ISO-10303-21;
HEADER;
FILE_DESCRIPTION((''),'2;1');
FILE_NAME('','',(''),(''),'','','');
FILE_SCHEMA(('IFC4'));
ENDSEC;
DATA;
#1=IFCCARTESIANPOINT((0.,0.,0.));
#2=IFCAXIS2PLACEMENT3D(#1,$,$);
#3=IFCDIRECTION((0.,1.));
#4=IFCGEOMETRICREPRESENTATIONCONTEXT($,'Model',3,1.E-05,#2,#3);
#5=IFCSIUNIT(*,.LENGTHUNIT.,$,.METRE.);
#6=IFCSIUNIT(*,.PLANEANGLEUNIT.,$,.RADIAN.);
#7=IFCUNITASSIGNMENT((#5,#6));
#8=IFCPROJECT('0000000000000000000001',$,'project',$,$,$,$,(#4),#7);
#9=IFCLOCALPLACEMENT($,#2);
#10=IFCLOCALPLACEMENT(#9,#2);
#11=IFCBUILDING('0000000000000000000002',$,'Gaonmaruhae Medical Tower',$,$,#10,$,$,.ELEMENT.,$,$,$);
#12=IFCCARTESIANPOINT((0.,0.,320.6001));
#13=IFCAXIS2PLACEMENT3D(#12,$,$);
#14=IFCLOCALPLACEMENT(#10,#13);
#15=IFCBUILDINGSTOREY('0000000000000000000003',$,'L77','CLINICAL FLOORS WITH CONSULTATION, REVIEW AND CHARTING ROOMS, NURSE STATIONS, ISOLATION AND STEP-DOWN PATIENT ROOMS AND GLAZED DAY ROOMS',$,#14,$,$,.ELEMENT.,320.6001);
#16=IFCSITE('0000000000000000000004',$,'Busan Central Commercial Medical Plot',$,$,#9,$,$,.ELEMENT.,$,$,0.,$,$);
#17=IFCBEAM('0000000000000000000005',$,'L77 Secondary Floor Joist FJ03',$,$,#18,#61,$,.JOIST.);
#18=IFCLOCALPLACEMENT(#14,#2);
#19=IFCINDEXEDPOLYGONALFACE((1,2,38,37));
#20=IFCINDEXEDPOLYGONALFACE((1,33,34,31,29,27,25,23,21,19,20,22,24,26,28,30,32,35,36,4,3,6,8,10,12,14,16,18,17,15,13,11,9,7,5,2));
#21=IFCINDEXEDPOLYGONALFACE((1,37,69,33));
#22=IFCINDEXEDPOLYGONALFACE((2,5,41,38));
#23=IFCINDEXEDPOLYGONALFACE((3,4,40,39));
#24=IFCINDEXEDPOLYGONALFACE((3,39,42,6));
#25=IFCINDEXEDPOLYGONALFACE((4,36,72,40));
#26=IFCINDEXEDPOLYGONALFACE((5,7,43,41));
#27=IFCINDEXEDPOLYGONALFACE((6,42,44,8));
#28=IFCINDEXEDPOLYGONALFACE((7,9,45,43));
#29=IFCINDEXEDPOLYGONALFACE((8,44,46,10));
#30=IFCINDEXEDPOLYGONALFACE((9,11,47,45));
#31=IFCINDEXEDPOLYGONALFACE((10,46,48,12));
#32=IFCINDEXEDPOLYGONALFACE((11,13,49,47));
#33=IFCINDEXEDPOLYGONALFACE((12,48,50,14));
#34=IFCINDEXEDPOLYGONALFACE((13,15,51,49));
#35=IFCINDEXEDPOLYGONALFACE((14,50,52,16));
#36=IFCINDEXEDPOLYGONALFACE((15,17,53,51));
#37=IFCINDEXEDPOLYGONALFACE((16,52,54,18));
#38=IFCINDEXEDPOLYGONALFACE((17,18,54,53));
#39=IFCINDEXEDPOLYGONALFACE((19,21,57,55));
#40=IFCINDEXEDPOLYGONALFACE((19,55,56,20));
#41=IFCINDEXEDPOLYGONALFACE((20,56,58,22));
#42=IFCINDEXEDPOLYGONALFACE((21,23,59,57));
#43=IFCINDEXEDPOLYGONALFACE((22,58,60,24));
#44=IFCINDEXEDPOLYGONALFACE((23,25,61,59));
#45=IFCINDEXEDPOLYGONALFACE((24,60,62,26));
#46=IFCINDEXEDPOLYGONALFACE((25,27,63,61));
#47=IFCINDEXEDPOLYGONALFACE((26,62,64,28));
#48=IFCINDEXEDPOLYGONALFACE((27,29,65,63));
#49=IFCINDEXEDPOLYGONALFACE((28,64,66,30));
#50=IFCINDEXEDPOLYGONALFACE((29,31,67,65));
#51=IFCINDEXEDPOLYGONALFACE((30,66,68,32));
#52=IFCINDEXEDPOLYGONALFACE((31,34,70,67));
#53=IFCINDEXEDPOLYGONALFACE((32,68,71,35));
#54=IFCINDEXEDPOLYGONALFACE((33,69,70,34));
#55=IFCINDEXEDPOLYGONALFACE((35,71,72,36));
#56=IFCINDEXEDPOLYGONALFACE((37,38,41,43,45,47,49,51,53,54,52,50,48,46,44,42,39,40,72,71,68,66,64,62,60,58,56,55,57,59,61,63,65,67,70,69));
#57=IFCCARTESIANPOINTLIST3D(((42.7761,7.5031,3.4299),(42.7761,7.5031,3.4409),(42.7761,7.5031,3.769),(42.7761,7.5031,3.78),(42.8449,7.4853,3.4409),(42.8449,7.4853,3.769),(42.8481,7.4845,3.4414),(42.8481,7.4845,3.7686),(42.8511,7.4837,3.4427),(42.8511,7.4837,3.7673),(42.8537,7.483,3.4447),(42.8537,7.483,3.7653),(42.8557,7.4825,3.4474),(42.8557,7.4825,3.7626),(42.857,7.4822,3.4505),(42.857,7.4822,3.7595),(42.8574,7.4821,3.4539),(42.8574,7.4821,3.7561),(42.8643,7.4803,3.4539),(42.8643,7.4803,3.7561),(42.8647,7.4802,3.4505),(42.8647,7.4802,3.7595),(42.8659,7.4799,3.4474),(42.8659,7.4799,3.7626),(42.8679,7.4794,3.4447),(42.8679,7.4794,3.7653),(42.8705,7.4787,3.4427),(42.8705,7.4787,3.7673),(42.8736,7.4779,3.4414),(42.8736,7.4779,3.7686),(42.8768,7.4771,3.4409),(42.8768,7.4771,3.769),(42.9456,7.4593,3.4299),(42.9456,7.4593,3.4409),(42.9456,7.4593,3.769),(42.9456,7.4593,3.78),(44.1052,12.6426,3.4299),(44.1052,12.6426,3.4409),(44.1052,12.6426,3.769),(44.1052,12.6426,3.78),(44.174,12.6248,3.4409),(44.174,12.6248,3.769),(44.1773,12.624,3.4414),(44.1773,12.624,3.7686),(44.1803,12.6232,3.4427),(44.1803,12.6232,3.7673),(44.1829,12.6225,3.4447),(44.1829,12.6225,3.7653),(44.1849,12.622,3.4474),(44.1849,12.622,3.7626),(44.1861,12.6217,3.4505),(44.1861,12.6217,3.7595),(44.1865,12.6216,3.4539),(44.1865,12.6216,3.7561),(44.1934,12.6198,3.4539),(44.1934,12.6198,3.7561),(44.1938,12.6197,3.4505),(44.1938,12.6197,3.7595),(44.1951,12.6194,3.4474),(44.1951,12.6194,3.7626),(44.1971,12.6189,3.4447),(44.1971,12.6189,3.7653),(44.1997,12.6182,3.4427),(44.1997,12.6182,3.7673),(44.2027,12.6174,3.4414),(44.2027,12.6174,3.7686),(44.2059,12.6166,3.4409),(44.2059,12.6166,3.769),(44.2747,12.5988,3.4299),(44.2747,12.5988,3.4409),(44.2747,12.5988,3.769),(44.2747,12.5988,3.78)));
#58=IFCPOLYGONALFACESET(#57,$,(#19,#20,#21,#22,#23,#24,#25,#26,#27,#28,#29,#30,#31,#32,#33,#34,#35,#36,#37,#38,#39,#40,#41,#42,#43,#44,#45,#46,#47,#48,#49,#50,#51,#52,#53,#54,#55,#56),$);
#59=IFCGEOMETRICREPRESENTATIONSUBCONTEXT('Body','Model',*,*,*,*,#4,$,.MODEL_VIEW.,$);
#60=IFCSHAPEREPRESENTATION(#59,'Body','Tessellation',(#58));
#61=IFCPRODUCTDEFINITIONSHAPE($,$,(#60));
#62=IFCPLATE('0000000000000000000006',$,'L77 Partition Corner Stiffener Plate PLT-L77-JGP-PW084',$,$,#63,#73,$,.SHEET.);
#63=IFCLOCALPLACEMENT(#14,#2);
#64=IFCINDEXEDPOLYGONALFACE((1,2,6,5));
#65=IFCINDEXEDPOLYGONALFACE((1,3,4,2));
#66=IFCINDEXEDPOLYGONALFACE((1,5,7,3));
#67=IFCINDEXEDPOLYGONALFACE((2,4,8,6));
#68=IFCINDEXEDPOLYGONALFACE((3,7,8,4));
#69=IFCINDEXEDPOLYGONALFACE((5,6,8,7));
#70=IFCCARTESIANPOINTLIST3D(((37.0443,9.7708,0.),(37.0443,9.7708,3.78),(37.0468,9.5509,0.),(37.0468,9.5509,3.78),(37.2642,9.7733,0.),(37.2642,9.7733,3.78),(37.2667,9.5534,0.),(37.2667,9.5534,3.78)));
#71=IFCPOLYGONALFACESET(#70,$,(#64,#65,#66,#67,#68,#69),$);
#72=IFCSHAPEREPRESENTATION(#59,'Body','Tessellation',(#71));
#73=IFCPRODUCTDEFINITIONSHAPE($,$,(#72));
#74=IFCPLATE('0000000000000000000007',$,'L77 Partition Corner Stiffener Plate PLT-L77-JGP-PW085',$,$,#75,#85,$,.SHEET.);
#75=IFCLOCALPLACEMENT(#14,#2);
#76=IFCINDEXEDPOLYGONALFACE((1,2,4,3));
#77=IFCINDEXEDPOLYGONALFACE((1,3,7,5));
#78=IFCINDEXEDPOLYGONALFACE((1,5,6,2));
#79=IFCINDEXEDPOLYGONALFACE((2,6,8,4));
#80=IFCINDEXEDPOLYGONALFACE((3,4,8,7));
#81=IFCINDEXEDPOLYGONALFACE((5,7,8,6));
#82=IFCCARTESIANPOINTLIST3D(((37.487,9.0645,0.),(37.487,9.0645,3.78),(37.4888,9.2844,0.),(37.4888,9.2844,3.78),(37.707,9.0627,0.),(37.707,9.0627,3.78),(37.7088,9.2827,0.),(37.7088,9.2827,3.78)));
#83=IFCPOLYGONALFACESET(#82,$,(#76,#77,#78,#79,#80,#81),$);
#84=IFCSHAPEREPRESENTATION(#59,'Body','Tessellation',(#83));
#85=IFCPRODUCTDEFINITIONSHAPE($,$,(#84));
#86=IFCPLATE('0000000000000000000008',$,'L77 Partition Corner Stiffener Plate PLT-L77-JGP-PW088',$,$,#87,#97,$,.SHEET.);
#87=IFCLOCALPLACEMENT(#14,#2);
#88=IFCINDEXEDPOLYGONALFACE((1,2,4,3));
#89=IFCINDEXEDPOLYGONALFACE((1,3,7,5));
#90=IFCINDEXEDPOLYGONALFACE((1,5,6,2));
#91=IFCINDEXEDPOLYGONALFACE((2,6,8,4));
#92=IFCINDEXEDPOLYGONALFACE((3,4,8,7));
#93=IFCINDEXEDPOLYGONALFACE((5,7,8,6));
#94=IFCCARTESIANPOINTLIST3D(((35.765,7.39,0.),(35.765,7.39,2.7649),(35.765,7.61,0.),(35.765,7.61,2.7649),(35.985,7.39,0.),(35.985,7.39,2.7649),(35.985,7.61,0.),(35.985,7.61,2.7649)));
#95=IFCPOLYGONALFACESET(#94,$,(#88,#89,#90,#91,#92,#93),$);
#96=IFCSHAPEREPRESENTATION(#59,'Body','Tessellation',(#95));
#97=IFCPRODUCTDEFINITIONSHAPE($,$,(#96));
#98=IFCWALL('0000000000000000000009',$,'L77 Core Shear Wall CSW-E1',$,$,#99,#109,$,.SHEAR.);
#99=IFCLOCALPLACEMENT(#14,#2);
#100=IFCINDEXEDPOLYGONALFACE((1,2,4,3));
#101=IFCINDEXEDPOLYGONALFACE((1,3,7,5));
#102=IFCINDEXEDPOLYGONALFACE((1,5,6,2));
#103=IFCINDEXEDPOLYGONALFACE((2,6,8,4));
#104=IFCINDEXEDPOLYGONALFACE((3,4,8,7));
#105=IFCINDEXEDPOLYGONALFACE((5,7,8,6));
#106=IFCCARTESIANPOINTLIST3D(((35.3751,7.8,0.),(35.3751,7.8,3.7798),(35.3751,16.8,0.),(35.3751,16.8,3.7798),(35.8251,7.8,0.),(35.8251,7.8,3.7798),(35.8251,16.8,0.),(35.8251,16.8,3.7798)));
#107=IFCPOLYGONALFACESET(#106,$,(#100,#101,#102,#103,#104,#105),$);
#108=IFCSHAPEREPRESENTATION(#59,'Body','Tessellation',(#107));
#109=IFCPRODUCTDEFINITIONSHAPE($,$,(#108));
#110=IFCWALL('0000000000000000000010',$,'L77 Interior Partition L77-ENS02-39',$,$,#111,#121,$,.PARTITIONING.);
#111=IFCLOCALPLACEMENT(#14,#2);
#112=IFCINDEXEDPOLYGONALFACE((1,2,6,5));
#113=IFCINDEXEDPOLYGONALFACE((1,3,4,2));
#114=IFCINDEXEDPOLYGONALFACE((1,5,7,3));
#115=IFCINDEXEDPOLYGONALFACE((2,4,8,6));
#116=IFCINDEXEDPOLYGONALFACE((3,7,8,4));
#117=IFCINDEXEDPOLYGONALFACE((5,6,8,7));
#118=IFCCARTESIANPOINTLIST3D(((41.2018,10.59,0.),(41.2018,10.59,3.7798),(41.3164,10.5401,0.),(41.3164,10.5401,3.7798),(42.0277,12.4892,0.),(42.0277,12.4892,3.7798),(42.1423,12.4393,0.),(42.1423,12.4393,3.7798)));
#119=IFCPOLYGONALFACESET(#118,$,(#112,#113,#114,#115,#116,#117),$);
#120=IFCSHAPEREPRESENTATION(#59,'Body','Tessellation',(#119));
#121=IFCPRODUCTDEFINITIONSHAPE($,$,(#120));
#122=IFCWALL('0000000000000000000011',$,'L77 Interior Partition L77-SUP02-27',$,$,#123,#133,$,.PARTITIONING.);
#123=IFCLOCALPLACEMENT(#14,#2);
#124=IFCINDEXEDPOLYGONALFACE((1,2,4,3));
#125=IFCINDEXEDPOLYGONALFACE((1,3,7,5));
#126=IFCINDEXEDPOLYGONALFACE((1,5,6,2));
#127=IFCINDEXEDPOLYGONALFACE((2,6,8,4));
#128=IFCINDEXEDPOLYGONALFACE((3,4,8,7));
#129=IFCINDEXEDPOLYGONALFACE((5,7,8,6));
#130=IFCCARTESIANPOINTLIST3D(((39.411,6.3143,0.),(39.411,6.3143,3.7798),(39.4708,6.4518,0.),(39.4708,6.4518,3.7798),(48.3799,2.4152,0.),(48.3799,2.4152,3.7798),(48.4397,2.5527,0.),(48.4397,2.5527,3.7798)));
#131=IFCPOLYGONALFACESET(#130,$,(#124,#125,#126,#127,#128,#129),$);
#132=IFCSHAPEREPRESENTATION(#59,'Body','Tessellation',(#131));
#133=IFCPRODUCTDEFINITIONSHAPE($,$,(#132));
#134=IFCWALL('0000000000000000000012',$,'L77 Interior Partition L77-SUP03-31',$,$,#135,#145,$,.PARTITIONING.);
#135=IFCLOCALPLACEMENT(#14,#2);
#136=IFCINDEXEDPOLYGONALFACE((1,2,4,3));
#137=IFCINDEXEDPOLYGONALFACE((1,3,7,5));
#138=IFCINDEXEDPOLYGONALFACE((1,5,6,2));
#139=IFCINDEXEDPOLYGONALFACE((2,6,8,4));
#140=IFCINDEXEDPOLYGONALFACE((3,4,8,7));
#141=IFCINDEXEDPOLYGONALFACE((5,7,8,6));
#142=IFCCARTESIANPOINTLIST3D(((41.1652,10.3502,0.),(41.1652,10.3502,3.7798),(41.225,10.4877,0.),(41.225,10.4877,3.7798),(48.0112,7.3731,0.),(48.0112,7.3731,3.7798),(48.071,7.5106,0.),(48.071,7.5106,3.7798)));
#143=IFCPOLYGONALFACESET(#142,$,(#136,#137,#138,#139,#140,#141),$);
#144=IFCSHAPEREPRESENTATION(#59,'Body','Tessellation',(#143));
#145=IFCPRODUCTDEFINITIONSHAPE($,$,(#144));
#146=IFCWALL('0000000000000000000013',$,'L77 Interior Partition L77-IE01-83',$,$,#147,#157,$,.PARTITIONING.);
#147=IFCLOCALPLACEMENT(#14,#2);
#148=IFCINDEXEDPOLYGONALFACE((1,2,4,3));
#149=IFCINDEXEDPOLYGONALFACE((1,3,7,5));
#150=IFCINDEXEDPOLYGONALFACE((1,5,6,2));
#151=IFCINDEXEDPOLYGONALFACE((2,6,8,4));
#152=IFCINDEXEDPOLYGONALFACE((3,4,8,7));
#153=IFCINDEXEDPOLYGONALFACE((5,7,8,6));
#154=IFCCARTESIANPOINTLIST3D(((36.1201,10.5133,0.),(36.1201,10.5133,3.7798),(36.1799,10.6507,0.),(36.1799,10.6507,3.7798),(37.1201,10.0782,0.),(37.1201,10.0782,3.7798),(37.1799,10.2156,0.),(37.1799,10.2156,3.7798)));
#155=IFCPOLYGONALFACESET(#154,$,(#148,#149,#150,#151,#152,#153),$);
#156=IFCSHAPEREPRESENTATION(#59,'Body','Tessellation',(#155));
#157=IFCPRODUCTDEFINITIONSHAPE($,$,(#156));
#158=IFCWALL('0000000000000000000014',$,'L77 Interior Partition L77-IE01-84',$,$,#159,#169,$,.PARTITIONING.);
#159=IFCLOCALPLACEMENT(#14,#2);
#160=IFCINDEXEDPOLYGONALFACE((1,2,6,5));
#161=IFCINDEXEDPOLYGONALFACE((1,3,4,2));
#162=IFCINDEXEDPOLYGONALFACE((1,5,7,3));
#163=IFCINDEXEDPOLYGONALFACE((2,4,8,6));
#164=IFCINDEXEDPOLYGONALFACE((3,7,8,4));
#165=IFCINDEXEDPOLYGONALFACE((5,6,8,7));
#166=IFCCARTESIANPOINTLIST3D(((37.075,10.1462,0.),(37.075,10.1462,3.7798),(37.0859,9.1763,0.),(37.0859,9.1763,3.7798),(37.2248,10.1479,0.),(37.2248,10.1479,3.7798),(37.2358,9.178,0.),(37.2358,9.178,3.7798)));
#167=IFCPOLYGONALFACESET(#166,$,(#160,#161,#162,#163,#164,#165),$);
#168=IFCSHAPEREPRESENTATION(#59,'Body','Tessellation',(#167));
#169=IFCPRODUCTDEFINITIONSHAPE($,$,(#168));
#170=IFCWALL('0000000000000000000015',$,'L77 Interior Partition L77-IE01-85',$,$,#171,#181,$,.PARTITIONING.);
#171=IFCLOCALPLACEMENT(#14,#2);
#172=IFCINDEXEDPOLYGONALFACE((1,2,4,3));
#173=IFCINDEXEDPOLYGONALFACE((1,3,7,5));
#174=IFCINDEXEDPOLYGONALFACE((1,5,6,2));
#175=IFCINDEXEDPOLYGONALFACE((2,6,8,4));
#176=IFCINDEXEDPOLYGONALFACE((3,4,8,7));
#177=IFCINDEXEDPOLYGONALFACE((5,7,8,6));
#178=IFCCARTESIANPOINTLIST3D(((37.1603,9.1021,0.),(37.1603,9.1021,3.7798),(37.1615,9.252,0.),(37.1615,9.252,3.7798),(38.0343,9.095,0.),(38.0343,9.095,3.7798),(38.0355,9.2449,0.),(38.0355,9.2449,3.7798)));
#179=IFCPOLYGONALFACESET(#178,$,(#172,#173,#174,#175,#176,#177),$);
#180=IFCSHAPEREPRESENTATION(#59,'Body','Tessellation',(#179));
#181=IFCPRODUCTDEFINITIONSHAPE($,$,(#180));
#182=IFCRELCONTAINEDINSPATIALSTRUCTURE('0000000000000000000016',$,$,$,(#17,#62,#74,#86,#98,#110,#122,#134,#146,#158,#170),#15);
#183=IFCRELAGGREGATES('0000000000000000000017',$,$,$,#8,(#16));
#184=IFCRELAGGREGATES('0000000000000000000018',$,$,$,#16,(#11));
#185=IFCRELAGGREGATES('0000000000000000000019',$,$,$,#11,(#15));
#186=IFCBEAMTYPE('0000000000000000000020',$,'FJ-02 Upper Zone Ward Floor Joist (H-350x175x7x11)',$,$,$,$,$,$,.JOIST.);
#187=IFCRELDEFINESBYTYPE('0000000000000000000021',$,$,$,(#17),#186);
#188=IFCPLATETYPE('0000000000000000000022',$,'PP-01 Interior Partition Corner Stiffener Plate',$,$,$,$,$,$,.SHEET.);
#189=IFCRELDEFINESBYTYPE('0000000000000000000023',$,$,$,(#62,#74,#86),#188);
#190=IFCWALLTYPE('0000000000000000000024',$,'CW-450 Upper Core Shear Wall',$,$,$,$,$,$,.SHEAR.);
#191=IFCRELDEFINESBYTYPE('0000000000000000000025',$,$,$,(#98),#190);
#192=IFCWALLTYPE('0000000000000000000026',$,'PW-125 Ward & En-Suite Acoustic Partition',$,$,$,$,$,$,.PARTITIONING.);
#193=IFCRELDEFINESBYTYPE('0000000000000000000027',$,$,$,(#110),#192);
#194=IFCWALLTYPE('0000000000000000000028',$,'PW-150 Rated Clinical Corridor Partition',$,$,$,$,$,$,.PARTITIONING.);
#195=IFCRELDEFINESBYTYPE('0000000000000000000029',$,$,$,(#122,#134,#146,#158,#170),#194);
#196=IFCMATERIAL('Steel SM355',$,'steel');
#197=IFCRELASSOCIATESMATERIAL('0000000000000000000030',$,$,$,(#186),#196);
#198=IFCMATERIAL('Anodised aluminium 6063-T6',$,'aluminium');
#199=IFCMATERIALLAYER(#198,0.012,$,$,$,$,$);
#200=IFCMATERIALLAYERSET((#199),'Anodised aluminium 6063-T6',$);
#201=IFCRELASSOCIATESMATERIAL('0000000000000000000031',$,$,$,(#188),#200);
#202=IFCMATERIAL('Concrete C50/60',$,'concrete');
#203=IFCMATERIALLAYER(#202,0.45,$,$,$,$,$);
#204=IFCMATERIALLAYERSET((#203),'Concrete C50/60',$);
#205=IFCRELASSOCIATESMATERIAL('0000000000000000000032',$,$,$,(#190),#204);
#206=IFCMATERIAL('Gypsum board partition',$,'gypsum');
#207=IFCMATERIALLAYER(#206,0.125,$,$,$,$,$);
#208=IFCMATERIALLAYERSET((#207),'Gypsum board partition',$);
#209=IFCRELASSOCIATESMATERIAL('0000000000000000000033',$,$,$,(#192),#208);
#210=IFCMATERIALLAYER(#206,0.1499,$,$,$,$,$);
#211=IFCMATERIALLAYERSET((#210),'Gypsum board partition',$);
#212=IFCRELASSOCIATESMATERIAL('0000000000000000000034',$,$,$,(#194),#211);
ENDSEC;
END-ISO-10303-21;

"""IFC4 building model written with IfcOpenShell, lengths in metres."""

from ifc_helpers import new_model, si_unit, direction, frame, frame_2d, origin, origin_2d, place, context, subcontext, project, spatial, rectangle, i_section, extrude, material, layer, layer_set, material_profile, profile_set, type_object, element, save


model = new_model("IFC4")

# Units and contexts
model_context = context("Model", 3, precision=1e-05, world=origin(), true_north=direction((0.0, 1.0)))
body_context = subcontext(model_context, "Body", "Model", "MODEL_VIEW")
ifc_project = project(units=[si_unit("LENGTHUNIT", "METRE"), si_unit("PLANEANGLEUNIT", "RADIAN")], contexts=[model_context])

# Site, building, storey
site_placement = place(None, origin())
site = spatial("IfcSite", under=ifc_project, at=site_placement, Name="Busan Central Commercial Medical Plot", CompositionType="ELEMENT", RefElevation=0.0)
building_placement = place(site_placement, origin())
building = spatial("IfcBuilding", under=site, at=building_placement, Name="Gaonmaruhae Medical Tower", CompositionType="ELEMENT")
storey_placement = place(building_placement, frame((0.0, 0.0, 320.6001)))
storey = spatial("IfcBuildingStorey", under=building, at=storey_placement, Name="L77", Description="CLINICAL FLOORS WITH CONSULTATION, REVIEW AND CHARTING ROOMS, NURSE STATIONS, ISOLATION AND STEP-DOWN PATIENT ROOMS AND GLAZED DAY ROOMS", CompositionType="ELEMENT", Elevation=320.6001)

# Shared definitions
ifc_material_1 = material(Name="Concrete C50/60", Category="concrete")

# Beam
ifc_material_2 = material(Name="Steel SM355", Category="steel")
ifc_material_profile_1 = material_profile(ifc_material_2, i_section(OverallWidth=0.175, OverallDepth=0.3501, WebThickness=0.0071, FlangeThickness=0.011, FilletRadius=0.0129, at=origin_2d()), Name="H-350x175x7x11")
ifc_profile_set_1 = profile_set([ifc_material_profile_1], Name="Steel SM355")
beam_type_1 = type_object("IfcBeamType", Name="FJ-02 Upper Zone Ward Floor Joist (H-350x175x7x11)", PredefinedType="JOIST", material=ifc_profile_set_1)
beam_1_placement = place(storey_placement, frame((42.8608, 7.4812, 3.605), z_axis=(0.250373, 0.968149, 0.0), x_axis=(-0.968149, 0.250373, 0.0)))
element("IfcBeam", 1, at=beam_1_placement, inside=storey, type_object=beam_type_1, Name="L77 Secondary Floor Joist FJ03", PredefinedType="JOIST", context=body_context, shape_type="SweptSolid", body=[
    extrude(i_section(OverallWidth=0.175, OverallDepth=0.3501, WebThickness=0.0071, FlangeThickness=0.011, FilletRadius=0.0129, at=origin_2d()), origin(), (0.0, 0.0, 1.0), 5.3086),
])

# Plates
ifc_material_3 = material(Name="Anodised aluminium 6063-T6", Category="aluminium")
ifc_layer_1 = layer(ifc_material_3, 0.012)
ifc_layer_set_1 = layer_set([ifc_layer_1], Name="Anodised aluminium 6063-T6")
plate_type = type_object("IfcPlateType", Name="PP-01 Interior Partition Corner Stiffener Plate", PredefinedType="SHEET", material=ifc_layer_set_1)
for number, where, z_axis, x_axis, name in (
    (2, (37.1555, 9.6621, 0.0), (0.0, 0.0, 1.0), (0.011344, -0.999936, 0.0), "L77 Partition Corner Stiffener Plate PLT-L77-JGP-PW084"),
    (3, (37.5979, 9.1736, 0.0), (0.0, 0.0, 1.0), (0.999968, -0.008011, 0.0), "L77 Partition Corner Stiffener Plate PLT-L77-JGP-PW085"),
):
    element("IfcPlate", number, at=place(storey_placement, frame(where, z_axis=z_axis, x_axis=x_axis)), inside=storey, type_object=plate_type, Name=name, PredefinedType="SHEET", context=body_context, shape_type="SweptSolid", body=[
        extrude(rectangle(XDim=0.22, YDim=0.22, at=origin_2d()), origin(), (0.0, 0.0, 1.0), 3.78),
    ])
plate_placement = place(storey_placement, frame((35.875, 7.5, 0.0), z_axis=(0.0, 0.0, 1.0), x_axis=(1.0, 0.0, 0.0)))
element("IfcPlate", 4, at=plate_placement, inside=storey, type_object=plate_type, Name="L77 Partition Corner Stiffener Plate PLT-L77-JGP-PW088", PredefinedType="SHEET", context=body_context, shape_type="SweptSolid", body=[
    extrude(rectangle(XDim=0.22, YDim=0.22, at=origin_2d()), origin(), (0.0, 0.0, 1.0), 2.7649),
])

# Walls
ifc_layer_2 = layer(ifc_material_1, 0.45)
ifc_layer_set_2 = layer_set([ifc_layer_2], Name="Concrete C50/60")
wall_type_1 = type_object("IfcWallType", Name="CW-450 Upper Core Shear Wall", PredefinedType="SHEAR", material=ifc_layer_set_2)
wall_1_placement = place(storey_placement, frame((35.6001, 7.8, 0.0), z_axis=(0.0, 0.0, 1.0), x_axis=(0.0, 1.0, 0.0)))
element("IfcWall", 5, at=wall_1_placement, inside=storey, type_object=wall_type_1, Name="L77 Core Shear Wall CSW-E1", PredefinedType="SHEAR", context=body_context, shape_type="SweptSolid", body=[
    extrude(rectangle(XDim=9.0, YDim=0.45, at=frame_2d((4.5, 0.0))), origin(), (0.0, 0.0, 1.0), 3.7798),
])
ifc_material_4 = material(Name="Gypsum board partition", Category="gypsum")
ifc_layer_3 = layer(ifc_material_4, 0.125)
ifc_layer_set_3 = layer_set([ifc_layer_3], Name="Gypsum board partition")
wall_type_2 = type_object("IfcWallType", Name="PW-125 Ward & En-Suite Acoustic Partition", PredefinedType="PARTITIONING", material=ifc_layer_set_3)
wall_2_placement = place(storey_placement, frame((41.259, 10.5649, 0.0), z_axis=(0.0, 0.0, 1.0), x_axis=(0.398808, 0.917034, 0.0)))
element("IfcWall", 6, at=wall_2_placement, inside=storey, type_object=wall_type_2, Name="L77 Interior Partition L77-ENS02-39", PredefinedType="PARTITIONING", context=body_context, shape_type="SweptSolid", body=[
    extrude(rectangle(XDim=2.071, YDim=0.125, at=frame_2d((1.0356, 0.0))), origin(), (0.0, 0.0, 1.0), 3.7798),
])
ifc_layer_4 = layer(ifc_material_4, 0.1499)
ifc_layer_set_4 = layer_set([ifc_layer_4], Name="Gypsum board partition")
wall_type_3 = type_object("IfcWallType", Name="PW-150 Rated Clinical Corridor Partition", PredefinedType="PARTITIONING", material=ifc_layer_set_4)
wall_3_placement = place(storey_placement, frame((39.4409, 6.3831, 0.0), z_axis=(0.0, 0.0, 1.0), x_axis=(0.917085, -0.398692, 0.0)))
element("IfcWall", 7, at=wall_3_placement, inside=storey, type_object=wall_type_3, Name="L77 Interior Partition L77-SUP02-27", PredefinedType="PARTITIONING", context=body_context, shape_type="SweptSolid", body=[
    extrude(rectangle(XDim=9.7798, YDim=0.1499, at=frame_2d((4.8899, 0.0))), origin(), (0.0, 0.0, 1.0), 3.7798),
])

# Walls
wall_4_placement = place(storey_placement, frame((41.1951, 10.4189, 0.0), z_axis=(0.0, 0.0, 1.0), x_axis=(0.917043, -0.398788, 0.0)))
element("IfcWall", 8, at=wall_4_placement, inside=storey, type_object=wall_type_3, Name="L77 Interior Partition L77-SUP03-31", PredefinedType="PARTITIONING", context=body_context, shape_type="SweptSolid", body=[
    extrude(rectangle(XDim=7.4653, YDim=0.1499, at=frame_2d((3.7327, 0.0))), origin(), (0.0, 0.0, 1.0), 3.7798),
])
wall_5_placement = place(storey_placement, frame((36.1499, 10.582, 0.0), z_axis=(0.0, 0.0, 1.0), x_axis=(0.916977, -0.398939, 0.0)))
element("IfcWall", 9, at=wall_5_placement, inside=storey, type_object=wall_type_3, Name="L77 Interior Partition L77-IE01-83", PredefinedType="PARTITIONING", context=body_context, shape_type="SweptSolid", body=[
    extrude(rectangle(XDim=1.0906, YDim=0.1499, at=frame_2d((0.5454, 0.0))), origin(), (0.0, 0.0, 1.0), 3.7798),
])
wall_6_placement = place(storey_placement, frame((37.1499, 10.147, 0.0), z_axis=(0.0, 0.0, 1.0), x_axis=(0.011326, -0.999936, 0.0)))
element("IfcWall", 10, at=wall_6_placement, inside=storey, type_object=wall_type_3, Name="L77 Interior Partition L77-IE01-84", PredefinedType="PARTITIONING", context=body_context, shape_type="SweptSolid", body=[
    extrude(rectangle(XDim=0.97, YDim=0.1499, at=frame_2d((0.4849, 0.0))), origin(), (0.0, 0.0, 1.0), 3.7798),
])
wall_7_placement = place(storey_placement, frame((37.1609, 9.177, 0.0), z_axis=(0.0, 0.0, 1.0), x_axis=(0.999967, -0.0081, 0.0)))
element("IfcWall", 11, at=wall_7_placement, inside=storey, type_object=wall_type_3, Name="L77 Interior Partition L77-IE01-85", PredefinedType="PARTITIONING", context=body_context, shape_type="SweptSolid", body=[
    extrude(rectangle(XDim=0.874, YDim=0.1499, at=frame_2d((0.437, 0.0))), origin(), (0.0, 0.0, 1.0), 3.7798),
])

save(model, "model.ifc")
